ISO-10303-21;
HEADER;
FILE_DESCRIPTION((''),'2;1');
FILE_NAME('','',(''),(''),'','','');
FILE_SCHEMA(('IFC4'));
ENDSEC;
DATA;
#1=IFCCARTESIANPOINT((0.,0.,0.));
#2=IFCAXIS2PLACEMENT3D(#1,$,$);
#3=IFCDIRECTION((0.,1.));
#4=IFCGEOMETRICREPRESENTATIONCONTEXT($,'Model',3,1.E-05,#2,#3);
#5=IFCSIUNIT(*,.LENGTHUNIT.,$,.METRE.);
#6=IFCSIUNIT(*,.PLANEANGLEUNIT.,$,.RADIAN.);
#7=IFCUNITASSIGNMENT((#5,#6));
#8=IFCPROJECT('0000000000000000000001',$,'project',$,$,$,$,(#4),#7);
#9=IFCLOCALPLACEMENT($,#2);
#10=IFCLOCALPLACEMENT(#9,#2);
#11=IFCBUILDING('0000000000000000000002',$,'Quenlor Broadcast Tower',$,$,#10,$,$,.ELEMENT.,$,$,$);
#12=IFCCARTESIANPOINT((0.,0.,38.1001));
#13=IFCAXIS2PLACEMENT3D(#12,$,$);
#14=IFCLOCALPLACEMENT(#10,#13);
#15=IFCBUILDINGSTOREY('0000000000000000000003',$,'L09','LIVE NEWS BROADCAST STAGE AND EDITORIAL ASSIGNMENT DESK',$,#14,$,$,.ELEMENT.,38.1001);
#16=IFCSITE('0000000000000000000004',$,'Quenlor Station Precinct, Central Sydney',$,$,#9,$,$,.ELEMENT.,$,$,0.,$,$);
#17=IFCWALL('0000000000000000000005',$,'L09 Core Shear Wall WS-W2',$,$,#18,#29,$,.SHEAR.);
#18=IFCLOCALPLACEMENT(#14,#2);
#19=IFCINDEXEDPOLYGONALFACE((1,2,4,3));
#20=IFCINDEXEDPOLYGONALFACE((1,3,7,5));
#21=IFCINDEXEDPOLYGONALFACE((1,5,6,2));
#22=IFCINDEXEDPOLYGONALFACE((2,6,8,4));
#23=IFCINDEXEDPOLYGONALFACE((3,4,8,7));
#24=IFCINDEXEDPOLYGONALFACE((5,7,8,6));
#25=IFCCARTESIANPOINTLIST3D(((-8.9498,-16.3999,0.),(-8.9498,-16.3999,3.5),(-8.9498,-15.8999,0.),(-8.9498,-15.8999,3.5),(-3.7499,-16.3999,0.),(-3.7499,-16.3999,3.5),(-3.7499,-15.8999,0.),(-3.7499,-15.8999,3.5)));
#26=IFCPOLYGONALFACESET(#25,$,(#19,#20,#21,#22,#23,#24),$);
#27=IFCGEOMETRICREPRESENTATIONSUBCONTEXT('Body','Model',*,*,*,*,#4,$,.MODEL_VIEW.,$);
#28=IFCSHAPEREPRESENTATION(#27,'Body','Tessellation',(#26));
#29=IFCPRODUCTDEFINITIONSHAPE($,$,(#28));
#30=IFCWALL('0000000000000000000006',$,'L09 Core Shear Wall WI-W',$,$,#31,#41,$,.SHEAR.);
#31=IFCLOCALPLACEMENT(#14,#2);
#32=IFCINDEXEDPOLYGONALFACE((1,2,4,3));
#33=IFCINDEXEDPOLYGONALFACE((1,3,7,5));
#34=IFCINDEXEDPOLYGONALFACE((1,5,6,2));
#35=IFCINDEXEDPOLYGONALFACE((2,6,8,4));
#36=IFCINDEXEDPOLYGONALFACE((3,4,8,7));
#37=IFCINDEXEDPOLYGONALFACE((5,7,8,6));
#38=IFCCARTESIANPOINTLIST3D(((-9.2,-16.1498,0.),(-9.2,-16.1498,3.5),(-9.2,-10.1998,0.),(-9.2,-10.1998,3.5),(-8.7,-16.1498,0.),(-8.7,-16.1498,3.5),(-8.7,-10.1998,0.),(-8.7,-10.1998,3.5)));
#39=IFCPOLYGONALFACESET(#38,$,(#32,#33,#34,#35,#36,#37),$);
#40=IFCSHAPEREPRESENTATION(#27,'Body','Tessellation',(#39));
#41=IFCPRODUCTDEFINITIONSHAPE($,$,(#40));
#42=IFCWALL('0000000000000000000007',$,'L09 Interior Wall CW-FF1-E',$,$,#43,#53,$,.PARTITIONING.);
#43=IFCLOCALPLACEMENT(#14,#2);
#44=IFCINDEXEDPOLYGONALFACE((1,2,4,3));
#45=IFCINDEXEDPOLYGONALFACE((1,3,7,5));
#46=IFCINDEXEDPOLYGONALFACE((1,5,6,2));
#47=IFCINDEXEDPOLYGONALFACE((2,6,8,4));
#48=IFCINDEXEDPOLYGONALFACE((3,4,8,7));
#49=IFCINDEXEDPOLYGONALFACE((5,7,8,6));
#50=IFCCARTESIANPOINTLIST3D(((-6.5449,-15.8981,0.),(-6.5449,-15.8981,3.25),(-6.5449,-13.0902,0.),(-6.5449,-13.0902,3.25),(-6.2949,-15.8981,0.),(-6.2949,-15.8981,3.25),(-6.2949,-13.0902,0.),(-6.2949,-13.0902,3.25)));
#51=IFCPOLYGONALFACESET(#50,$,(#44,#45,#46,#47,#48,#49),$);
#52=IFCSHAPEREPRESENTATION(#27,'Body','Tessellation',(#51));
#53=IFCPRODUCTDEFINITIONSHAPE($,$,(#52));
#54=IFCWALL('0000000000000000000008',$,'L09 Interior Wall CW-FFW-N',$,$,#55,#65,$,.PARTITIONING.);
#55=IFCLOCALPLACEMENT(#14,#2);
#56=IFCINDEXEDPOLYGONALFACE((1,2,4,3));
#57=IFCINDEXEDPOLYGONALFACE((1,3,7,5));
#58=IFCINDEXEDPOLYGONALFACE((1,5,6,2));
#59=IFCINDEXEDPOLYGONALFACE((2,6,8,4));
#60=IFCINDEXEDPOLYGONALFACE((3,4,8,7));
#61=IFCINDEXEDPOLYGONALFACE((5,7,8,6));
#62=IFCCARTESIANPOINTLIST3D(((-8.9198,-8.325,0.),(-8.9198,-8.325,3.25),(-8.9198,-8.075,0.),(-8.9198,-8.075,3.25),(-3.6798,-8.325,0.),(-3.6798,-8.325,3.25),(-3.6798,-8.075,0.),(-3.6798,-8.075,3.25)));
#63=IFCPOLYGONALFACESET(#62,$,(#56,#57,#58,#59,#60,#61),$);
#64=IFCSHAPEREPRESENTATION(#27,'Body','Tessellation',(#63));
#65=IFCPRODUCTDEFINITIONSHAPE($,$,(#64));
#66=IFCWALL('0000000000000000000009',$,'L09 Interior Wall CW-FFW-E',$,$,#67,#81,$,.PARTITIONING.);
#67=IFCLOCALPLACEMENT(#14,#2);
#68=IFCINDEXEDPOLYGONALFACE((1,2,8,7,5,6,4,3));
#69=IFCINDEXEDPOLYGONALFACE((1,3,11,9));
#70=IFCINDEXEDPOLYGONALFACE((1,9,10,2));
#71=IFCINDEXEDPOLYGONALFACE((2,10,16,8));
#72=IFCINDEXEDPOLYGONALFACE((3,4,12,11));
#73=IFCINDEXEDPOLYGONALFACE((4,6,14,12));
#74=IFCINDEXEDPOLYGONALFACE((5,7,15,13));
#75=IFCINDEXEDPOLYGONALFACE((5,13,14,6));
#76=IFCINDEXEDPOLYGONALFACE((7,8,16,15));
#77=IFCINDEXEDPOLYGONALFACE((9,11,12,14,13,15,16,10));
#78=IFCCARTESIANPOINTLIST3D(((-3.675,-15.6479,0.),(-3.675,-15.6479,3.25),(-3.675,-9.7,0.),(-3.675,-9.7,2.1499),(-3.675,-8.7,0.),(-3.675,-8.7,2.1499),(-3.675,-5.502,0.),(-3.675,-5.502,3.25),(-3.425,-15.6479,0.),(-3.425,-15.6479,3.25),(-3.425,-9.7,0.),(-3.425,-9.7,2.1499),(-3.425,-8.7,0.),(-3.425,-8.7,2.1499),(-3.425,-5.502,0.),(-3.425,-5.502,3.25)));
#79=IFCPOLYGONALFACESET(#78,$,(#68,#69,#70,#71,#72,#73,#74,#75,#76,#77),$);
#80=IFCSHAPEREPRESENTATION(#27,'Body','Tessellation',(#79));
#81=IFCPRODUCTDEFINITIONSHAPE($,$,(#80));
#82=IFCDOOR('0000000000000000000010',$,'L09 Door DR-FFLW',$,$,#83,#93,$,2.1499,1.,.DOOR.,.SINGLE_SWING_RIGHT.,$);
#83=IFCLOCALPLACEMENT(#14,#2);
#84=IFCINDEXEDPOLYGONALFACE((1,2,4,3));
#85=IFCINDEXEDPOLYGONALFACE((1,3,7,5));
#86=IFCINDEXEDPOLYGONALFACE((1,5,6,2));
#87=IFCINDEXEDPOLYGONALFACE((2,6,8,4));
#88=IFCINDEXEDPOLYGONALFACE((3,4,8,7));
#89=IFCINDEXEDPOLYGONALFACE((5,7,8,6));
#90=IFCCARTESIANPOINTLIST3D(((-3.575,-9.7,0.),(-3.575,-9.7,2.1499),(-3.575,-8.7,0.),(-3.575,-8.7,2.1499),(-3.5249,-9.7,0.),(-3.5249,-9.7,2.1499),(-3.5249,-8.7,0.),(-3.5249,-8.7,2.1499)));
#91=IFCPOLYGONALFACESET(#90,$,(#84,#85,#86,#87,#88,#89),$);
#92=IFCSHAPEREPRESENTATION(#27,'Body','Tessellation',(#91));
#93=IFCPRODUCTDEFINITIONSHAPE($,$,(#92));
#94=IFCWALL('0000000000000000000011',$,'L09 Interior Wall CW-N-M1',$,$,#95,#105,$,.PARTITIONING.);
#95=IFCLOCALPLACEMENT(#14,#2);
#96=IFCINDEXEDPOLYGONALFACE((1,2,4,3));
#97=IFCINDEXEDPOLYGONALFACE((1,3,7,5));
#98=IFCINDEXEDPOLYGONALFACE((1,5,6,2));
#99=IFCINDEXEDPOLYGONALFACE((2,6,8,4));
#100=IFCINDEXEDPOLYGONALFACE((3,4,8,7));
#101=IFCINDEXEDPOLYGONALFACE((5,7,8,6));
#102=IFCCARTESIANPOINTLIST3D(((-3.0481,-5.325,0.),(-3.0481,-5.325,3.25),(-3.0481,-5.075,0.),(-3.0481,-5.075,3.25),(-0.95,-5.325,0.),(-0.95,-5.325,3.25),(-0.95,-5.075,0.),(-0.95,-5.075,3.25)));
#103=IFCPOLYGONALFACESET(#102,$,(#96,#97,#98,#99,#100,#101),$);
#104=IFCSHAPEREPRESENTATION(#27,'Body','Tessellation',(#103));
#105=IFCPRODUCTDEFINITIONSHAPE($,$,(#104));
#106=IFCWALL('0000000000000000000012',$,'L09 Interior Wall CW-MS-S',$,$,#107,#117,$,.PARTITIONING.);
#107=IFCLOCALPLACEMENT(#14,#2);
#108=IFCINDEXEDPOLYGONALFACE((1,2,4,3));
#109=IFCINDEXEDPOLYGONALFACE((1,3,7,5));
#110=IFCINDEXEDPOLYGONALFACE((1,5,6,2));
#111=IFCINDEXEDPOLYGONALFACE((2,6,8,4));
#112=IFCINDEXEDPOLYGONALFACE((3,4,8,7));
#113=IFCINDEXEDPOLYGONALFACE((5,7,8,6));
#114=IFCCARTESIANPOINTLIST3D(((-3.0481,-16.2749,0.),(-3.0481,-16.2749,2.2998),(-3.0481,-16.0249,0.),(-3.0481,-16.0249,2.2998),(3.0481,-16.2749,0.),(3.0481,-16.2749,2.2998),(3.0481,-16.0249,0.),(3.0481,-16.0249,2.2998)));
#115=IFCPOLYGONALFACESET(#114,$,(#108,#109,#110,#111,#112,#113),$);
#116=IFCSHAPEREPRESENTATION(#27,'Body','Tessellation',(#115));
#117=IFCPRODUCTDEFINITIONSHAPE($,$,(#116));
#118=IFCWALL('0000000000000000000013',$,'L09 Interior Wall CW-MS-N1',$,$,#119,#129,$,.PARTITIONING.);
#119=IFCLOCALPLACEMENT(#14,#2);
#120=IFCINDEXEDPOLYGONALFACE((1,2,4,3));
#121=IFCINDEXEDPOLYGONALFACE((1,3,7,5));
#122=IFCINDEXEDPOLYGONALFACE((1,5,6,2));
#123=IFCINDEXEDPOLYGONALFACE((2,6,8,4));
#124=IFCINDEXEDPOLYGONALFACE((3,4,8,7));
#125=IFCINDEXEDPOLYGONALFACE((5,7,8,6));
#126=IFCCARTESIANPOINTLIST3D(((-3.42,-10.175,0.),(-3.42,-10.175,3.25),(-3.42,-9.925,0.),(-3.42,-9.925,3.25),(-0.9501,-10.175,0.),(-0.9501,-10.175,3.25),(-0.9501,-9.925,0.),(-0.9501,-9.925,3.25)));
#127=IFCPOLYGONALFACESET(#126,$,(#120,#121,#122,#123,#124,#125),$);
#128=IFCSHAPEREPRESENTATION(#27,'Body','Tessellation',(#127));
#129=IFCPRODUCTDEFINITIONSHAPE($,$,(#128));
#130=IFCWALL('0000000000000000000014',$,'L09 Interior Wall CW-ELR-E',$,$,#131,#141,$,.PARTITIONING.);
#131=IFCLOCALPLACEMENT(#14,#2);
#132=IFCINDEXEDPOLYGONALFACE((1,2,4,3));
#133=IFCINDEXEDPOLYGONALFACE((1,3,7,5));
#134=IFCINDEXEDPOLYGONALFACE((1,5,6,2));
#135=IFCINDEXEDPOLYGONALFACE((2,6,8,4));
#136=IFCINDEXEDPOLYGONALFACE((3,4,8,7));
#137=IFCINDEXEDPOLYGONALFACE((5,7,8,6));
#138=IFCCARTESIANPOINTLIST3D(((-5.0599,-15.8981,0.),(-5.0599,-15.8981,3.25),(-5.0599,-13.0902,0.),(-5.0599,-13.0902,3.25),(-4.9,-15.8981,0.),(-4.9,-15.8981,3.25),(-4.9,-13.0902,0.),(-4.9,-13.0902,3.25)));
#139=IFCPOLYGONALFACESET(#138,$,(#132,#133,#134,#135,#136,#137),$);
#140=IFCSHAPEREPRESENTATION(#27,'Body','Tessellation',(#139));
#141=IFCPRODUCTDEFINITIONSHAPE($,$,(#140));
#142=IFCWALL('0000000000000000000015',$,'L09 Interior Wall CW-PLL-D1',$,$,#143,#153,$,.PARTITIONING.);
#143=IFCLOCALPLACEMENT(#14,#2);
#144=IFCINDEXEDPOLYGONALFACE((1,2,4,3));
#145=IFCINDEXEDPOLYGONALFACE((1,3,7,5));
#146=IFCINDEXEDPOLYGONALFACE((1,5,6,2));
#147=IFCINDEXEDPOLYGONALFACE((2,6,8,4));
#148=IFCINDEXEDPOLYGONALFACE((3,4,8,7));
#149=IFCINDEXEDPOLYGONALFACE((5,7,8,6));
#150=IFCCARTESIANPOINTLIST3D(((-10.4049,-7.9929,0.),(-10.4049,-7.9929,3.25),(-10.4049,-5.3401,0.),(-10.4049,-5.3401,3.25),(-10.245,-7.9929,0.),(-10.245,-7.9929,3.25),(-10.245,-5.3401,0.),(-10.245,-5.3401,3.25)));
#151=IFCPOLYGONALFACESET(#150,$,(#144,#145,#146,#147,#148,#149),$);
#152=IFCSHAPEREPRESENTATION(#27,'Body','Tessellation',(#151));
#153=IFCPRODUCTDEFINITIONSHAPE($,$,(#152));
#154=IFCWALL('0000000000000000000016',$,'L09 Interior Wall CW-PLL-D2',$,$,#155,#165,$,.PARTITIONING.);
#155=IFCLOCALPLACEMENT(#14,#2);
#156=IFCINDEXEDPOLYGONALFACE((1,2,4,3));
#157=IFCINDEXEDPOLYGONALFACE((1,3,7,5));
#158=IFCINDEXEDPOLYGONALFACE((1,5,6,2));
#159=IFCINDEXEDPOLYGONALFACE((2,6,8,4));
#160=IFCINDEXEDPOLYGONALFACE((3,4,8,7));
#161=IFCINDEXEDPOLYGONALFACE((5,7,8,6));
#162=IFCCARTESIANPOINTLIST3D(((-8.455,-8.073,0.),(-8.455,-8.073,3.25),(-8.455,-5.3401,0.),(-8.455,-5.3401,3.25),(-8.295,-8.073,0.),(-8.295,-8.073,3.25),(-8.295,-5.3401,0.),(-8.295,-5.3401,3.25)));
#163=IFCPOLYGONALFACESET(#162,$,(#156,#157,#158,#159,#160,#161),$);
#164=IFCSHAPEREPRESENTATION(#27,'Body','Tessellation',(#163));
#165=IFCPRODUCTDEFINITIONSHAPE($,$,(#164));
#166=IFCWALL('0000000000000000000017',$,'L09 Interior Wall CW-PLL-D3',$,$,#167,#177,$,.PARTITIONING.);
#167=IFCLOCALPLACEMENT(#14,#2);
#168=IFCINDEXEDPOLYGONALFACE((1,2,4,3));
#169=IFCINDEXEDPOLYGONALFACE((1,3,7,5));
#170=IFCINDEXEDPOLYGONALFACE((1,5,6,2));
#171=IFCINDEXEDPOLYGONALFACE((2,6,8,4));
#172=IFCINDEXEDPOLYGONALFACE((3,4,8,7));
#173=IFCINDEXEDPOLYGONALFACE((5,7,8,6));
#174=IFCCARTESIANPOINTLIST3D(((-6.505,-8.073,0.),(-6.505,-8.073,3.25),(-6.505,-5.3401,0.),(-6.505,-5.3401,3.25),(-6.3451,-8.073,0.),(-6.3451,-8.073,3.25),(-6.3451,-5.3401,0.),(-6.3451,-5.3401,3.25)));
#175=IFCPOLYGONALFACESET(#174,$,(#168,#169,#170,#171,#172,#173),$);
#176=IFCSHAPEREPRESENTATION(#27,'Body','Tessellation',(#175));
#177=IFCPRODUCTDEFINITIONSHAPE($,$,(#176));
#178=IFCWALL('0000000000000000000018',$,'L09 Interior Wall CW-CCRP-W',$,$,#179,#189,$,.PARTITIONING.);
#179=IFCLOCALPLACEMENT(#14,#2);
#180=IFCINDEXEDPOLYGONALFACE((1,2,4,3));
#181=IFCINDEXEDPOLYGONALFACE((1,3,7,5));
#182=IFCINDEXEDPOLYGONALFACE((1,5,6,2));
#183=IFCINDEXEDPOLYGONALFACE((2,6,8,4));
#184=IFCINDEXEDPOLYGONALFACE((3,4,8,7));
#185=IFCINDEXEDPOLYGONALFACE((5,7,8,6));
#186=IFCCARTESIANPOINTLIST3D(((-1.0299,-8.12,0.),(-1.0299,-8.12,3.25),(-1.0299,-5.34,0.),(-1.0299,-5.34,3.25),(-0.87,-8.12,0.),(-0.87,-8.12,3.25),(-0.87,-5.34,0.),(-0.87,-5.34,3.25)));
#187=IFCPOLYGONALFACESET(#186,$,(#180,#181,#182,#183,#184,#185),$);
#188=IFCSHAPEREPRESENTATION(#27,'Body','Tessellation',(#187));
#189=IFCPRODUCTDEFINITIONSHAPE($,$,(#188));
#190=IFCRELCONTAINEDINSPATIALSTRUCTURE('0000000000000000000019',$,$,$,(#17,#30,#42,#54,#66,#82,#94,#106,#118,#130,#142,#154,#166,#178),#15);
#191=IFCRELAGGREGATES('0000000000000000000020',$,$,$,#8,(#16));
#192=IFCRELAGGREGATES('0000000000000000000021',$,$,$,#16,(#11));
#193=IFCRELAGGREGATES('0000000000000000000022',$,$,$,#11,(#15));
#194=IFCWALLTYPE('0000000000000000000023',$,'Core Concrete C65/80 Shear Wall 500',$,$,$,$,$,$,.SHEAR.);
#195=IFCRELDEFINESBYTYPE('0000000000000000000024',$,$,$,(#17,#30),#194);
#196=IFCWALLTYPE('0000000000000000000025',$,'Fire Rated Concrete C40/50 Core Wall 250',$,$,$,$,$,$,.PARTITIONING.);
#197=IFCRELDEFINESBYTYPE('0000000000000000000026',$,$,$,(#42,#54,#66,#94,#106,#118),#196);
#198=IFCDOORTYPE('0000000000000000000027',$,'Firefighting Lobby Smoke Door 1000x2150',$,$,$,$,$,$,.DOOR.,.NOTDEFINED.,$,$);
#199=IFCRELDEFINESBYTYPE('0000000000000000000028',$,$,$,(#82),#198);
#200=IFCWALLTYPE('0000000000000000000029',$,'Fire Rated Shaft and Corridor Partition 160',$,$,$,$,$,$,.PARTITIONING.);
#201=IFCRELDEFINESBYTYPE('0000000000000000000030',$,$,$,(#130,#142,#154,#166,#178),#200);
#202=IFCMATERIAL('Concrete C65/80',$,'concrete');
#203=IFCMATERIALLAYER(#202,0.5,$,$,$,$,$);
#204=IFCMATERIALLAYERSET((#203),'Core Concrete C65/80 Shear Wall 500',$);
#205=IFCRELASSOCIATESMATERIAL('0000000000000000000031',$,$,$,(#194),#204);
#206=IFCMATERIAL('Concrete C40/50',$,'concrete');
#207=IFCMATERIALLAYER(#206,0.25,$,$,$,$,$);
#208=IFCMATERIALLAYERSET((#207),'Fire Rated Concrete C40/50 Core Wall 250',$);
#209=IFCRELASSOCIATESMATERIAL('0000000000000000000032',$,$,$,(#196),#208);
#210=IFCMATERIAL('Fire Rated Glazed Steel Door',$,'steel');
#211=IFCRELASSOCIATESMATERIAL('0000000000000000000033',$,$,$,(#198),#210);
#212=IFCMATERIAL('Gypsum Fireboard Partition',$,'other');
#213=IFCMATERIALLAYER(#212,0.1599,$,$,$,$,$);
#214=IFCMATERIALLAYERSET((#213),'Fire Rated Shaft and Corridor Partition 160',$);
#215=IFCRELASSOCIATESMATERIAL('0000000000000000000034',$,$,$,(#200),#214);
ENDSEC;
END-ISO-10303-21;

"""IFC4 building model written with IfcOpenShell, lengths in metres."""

from ifc_helpers import new_model, si_unit, direction, frame, frame_2d, origin, place, context, subcontext, project, spatial, rectangle, extrude, material, layer, layer_set, type_object, element, fill, save


model = new_model("IFC4")

# Units and contexts
model_context = context("Model", 3, precision=1e-05, world=origin(), true_north=direction((0.0, 1.0)))
body_context = subcontext(model_context, "Body", "Model", "MODEL_VIEW")
ifc_project = project(units=[si_unit("LENGTHUNIT", "METRE"), si_unit("PLANEANGLEUNIT", "RADIAN")], contexts=[model_context])

# Site, building, storey
site_placement = place(None, origin())
site = spatial("IfcSite", under=ifc_project, at=site_placement, Name="Quenlor Station Precinct, Central Sydney", CompositionType="ELEMENT", RefElevation=0.0)
building_placement = place(site_placement, origin())
building = spatial("IfcBuilding", under=site, at=building_placement, Name="Quenlor Broadcast Tower", CompositionType="ELEMENT")
storey_placement = place(building_placement, frame((0.0, 0.0, 38.1001)))
storey = spatial("IfcBuildingStorey", under=building, at=storey_placement, Name="L09", Description="LIVE NEWS BROADCAST STAGE AND EDITORIAL ASSIGNMENT DESK", CompositionType="ELEMENT", Elevation=38.1001)

# Walls
ifc_material_1 = material(Name="Concrete C65/80", Category="concrete")
ifc_layer_1 = layer(ifc_material_1, 0.5)
ifc_layer_set_1 = layer_set([ifc_layer_1], Name="Core Concrete C65/80 Shear Wall 500")
wall_type_1 = type_object("IfcWallType", Name="Core Concrete C65/80 Shear Wall 500", PredefinedType="SHEAR", material=ifc_layer_set_1)
wall_1_placement = place(storey_placement, frame((-8.95, -16.1499, 0.0), z_axis=(0.0, 0.0, 1.0), x_axis=(1.0, 0.0, 0.0)))
element("IfcWall", 1, at=wall_1_placement, inside=storey, type_object=wall_type_1, Name="L09 Core Shear Wall WS-W2", PredefinedType="SHEAR", context=body_context, shape_type="SweptSolid", body=[
    extrude(rectangle(XDim=5.2, YDim=0.5, at=frame_2d((2.6001, 0.0))), origin(), (0.0, 0.0, 1.0), 3.5),
])
wall_2_placement = place(storey_placement, frame((-8.95, -16.1499, 0.0), z_axis=(0.0, 0.0, 1.0), x_axis=(0.0, 1.0, 0.0)))
element("IfcWall", 2, at=wall_2_placement, inside=storey, type_object=wall_type_1, Name="L09 Core Shear Wall WI-W", PredefinedType="SHEAR", context=body_context, shape_type="SweptSolid", body=[
    extrude(rectangle(XDim=5.95, YDim=0.5, at=frame_2d((2.9751, 0.0))), origin(), (0.0, 0.0, 1.0), 3.5),
])

# Shared definitions
ifc_material_2 = material(Name="Concrete C40/50", Category="concrete")
ifc_layer_2 = layer(ifc_material_2, 0.25)
ifc_layer_set_2 = layer_set([ifc_layer_2], Name="Fire Rated Concrete C40/50 Core Wall 250")
wall_type_2 = type_object("IfcWallType", Name="Fire Rated Concrete C40/50 Core Wall 250", PredefinedType="PARTITIONING", material=ifc_layer_set_2)

# Walls
wall_3_placement = place(storey_placement, frame((-6.4199, -15.8979, 0.0), z_axis=(0.0, 0.0, 1.0), x_axis=(0.0, 1.0, 0.0)))
element("IfcWall", 3, at=wall_3_placement, inside=storey, type_object=wall_type_2, Name="L09 Interior Wall CW-FF1-E", PredefinedType="PARTITIONING", context=body_context, shape_type="SweptSolid", body=[
    extrude(rectangle(XDim=2.8079, YDim=0.25, at=frame_2d((1.4038, 0.0))), origin(), (0.0, 0.0, 1.0), 3.25),
])
wall_4_placement = place(storey_placement, frame((-8.9199, -8.2, 0.0), z_axis=(0.0, 0.0, 1.0), x_axis=(1.0, 0.0, 0.0)))
element("IfcWall", 4, at=wall_4_placement, inside=storey, type_object=wall_type_2, Name="L09 Interior Wall CW-FFW-N", PredefinedType="PARTITIONING", context=body_context, shape_type="SweptSolid", body=[
    extrude(rectangle(XDim=5.24, YDim=0.25, at=frame_2d((2.6201, 0.0))), origin(), (0.0, 0.0, 1.0), 3.25),
])

# Wall, opening, door
wall_5_placement = place(storey_placement, frame((-3.55, -15.6479, 0.0), z_axis=(0.0, 0.0, 1.0), x_axis=(0.0, 1.0, 0.0)))
wall_5 = element("IfcWall", 5, at=wall_5_placement, inside=storey, type_object=wall_type_2, Name="L09 Interior Wall CW-FFW-E", PredefinedType="PARTITIONING", context=body_context, shape_type="SweptSolid", body=[
    extrude(rectangle(XDim=10.146, YDim=0.25, at=frame_2d((5.073, 0.0))), origin(), (0.0, 0.0, 1.0), 3.25),
])
opening_1_placement = place(wall_5_placement, frame((5.948, 0.0, 0.0)))
opening_1 = element("IfcOpeningElement", 6, at=opening_1_placement, cuts=wall_5, PredefinedType="OPENING", context=body_context, shape_type="SweptSolid", body=[
    extrude(rectangle(XDim=1.0, YDim=2.1499, at=frame_2d((0.5, 1.075))), frame((0.0, 0.135, 0.0), z_axis=(0.0, -1.0, 0.0), x_axis=(1.0, 0.0, 0.0)), (0.0, 0.0, 1.0), 0.27),
])
ifc_material_3 = material(Name="Fire Rated Glazed Steel Door", Category="steel")
door_type_1 = type_object("IfcDoorType", Name="Firefighting Lobby Smoke Door 1000x2150", OperationType="NOTDEFINED", PredefinedType="DOOR", material=ifc_material_3)
door_1_placement = place(opening_1_placement, origin())
door_1 = element("IfcDoor", 7, at=door_1_placement, inside=storey, type_object=door_type_1, Name="L09 Door DR-FFLW", OperationType="SINGLE_SWING_RIGHT", OverallHeight=2.1499, OverallWidth=1.0, PredefinedType="DOOR", context=body_context, shape_type="SweptSolid", body=[
    extrude(rectangle(XDim=1.0, YDim=2.1499, at=frame_2d((0.5, 1.075))), frame((0.0, 0.0249, 0.0), z_axis=(0.0, -1.0, 0.0), x_axis=(1.0, 0.0, 0.0)), (0.0, 0.0, 1.0), 0.05),
])
fill(opening_1, door_1)

# Walls
wall_6_placement = place(storey_placement, frame((-3.0481, -5.2, 0.0), z_axis=(0.0, 0.0, 1.0), x_axis=(1.0, 0.0, 0.0)))
element("IfcWall", 8, at=wall_6_placement, inside=storey, type_object=wall_type_2, Name="L09 Interior Wall CW-N-M1", PredefinedType="PARTITIONING", context=body_context, shape_type="SweptSolid", body=[
    extrude(rectangle(XDim=2.0981, YDim=0.25, at=frame_2d((1.0491, 0.0))), origin(), (0.0, 0.0, 1.0), 3.25),
])
wall_7_placement = place(storey_placement, frame((-3.0481, -16.1499, 0.0), z_axis=(0.0, 0.0, 1.0), x_axis=(1.0, 0.0, 0.0)))
element("IfcWall", 9, at=wall_7_placement, inside=storey, type_object=wall_type_2, Name="L09 Interior Wall CW-MS-S", PredefinedType="PARTITIONING", context=body_context, shape_type="SweptSolid", body=[
    extrude(rectangle(XDim=6.0962, YDim=0.25, at=frame_2d((3.0481, 0.0))), origin(), (0.0, 0.0, 1.0), 2.2998),
])
wall_8_placement = place(storey_placement, frame((-3.4199, -10.05, 0.0), z_axis=(0.0, 0.0, 1.0), x_axis=(1.0, 0.0, 0.0)))
element("IfcWall", 10, at=wall_8_placement, inside=storey, type_object=wall_type_2, Name="L09 Interior Wall CW-MS-N1", PredefinedType="PARTITIONING", context=body_context, shape_type="SweptSolid", body=[
    extrude(rectangle(XDim=2.47, YDim=0.25, at=frame_2d((1.2349, 0.0))), origin(), (0.0, 0.0, 1.0), 3.25),
])
ifc_material_4 = material(Name="Gypsum Fireboard Partition", Category="other")
ifc_layer_3 = layer(ifc_material_4, 0.1599)
ifc_layer_set_3 = layer_set([ifc_layer_3], Name="Fire Rated Shaft and Corridor Partition 160")
wall_type_3 = type_object("IfcWallType", Name="Fire Rated Shaft and Corridor Partition 160", PredefinedType="PARTITIONING", material=ifc_layer_set_3)
wall_9_placement = place(storey_placement, frame((-4.98, -15.8979, 0.0), z_axis=(0.0, 0.0, 1.0), x_axis=(0.0, 1.0, 0.0)))
element("IfcWall", 11, at=wall_9_placement, inside=storey, type_object=wall_type_3, Name="L09 Interior Wall CW-ELR-E", PredefinedType="PARTITIONING", context=body_context, shape_type="SweptSolid", body=[
    extrude(rectangle(XDim=2.8079, YDim=0.1599, at=frame_2d((1.4038, 0.0))), origin(), (0.0, 0.0, 1.0), 3.25),
])
wall_10_placement = place(storey_placement, frame((-10.325, -7.9929, 0.0), z_axis=(0.0, 0.0, 1.0), x_axis=(0.0, 1.0, 0.0)))
element("IfcWall", 12, at=wall_10_placement, inside=storey, type_object=wall_type_3, Name="L09 Interior Wall CW-PLL-D1", PredefinedType="PARTITIONING", context=body_context, shape_type="SweptSolid", body=[
    extrude(rectangle(XDim=2.6528, YDim=0.1599, at=frame_2d((1.3264, 0.0))), origin(), (0.0, 0.0, 1.0), 3.25),
])
for number, where, z_axis, x_axis, name in (
    (13, (-8.375, -8.073, 0.0), (0.0, 0.0, 1.0), (0.0, 1.0, 0.0), "L09 Interior Wall CW-PLL-D2"),
    (14, (-6.425, -8.073, 0.0), (0.0, 0.0, 1.0), (0.0, 1.0, 0.0), "L09 Interior Wall CW-PLL-D3"),
):
    element("IfcWall", number, at=place(storey_placement, frame(where, z_axis=z_axis, x_axis=x_axis)), inside=storey, type_object=wall_type_3, Name=name, PredefinedType="PARTITIONING", context=body_context, shape_type="SweptSolid", body=[
        extrude(rectangle(XDim=2.7329, YDim=0.1599, at=frame_2d((1.3665, 0.0))), origin(), (0.0, 0.0, 1.0), 3.25),
    ])
wall_11_placement = place(storey_placement, frame((-0.95, -8.1201, 0.0), z_axis=(0.0, 0.0, 1.0), x_axis=(0.0, 1.0, 0.0)))
element("IfcWall", 15, at=wall_11_placement, inside=storey, type_object=wall_type_3, Name="L09 Interior Wall CW-CCRP-W", PredefinedType="PARTITIONING", context=body_context, shape_type="SweptSolid", body=[
    extrude(rectangle(XDim=2.78, YDim=0.1599, at=frame_2d((1.3901, 0.0))), origin(), (0.0, 0.0, 1.0), 3.25),
])

save(model, "model.ifc")
